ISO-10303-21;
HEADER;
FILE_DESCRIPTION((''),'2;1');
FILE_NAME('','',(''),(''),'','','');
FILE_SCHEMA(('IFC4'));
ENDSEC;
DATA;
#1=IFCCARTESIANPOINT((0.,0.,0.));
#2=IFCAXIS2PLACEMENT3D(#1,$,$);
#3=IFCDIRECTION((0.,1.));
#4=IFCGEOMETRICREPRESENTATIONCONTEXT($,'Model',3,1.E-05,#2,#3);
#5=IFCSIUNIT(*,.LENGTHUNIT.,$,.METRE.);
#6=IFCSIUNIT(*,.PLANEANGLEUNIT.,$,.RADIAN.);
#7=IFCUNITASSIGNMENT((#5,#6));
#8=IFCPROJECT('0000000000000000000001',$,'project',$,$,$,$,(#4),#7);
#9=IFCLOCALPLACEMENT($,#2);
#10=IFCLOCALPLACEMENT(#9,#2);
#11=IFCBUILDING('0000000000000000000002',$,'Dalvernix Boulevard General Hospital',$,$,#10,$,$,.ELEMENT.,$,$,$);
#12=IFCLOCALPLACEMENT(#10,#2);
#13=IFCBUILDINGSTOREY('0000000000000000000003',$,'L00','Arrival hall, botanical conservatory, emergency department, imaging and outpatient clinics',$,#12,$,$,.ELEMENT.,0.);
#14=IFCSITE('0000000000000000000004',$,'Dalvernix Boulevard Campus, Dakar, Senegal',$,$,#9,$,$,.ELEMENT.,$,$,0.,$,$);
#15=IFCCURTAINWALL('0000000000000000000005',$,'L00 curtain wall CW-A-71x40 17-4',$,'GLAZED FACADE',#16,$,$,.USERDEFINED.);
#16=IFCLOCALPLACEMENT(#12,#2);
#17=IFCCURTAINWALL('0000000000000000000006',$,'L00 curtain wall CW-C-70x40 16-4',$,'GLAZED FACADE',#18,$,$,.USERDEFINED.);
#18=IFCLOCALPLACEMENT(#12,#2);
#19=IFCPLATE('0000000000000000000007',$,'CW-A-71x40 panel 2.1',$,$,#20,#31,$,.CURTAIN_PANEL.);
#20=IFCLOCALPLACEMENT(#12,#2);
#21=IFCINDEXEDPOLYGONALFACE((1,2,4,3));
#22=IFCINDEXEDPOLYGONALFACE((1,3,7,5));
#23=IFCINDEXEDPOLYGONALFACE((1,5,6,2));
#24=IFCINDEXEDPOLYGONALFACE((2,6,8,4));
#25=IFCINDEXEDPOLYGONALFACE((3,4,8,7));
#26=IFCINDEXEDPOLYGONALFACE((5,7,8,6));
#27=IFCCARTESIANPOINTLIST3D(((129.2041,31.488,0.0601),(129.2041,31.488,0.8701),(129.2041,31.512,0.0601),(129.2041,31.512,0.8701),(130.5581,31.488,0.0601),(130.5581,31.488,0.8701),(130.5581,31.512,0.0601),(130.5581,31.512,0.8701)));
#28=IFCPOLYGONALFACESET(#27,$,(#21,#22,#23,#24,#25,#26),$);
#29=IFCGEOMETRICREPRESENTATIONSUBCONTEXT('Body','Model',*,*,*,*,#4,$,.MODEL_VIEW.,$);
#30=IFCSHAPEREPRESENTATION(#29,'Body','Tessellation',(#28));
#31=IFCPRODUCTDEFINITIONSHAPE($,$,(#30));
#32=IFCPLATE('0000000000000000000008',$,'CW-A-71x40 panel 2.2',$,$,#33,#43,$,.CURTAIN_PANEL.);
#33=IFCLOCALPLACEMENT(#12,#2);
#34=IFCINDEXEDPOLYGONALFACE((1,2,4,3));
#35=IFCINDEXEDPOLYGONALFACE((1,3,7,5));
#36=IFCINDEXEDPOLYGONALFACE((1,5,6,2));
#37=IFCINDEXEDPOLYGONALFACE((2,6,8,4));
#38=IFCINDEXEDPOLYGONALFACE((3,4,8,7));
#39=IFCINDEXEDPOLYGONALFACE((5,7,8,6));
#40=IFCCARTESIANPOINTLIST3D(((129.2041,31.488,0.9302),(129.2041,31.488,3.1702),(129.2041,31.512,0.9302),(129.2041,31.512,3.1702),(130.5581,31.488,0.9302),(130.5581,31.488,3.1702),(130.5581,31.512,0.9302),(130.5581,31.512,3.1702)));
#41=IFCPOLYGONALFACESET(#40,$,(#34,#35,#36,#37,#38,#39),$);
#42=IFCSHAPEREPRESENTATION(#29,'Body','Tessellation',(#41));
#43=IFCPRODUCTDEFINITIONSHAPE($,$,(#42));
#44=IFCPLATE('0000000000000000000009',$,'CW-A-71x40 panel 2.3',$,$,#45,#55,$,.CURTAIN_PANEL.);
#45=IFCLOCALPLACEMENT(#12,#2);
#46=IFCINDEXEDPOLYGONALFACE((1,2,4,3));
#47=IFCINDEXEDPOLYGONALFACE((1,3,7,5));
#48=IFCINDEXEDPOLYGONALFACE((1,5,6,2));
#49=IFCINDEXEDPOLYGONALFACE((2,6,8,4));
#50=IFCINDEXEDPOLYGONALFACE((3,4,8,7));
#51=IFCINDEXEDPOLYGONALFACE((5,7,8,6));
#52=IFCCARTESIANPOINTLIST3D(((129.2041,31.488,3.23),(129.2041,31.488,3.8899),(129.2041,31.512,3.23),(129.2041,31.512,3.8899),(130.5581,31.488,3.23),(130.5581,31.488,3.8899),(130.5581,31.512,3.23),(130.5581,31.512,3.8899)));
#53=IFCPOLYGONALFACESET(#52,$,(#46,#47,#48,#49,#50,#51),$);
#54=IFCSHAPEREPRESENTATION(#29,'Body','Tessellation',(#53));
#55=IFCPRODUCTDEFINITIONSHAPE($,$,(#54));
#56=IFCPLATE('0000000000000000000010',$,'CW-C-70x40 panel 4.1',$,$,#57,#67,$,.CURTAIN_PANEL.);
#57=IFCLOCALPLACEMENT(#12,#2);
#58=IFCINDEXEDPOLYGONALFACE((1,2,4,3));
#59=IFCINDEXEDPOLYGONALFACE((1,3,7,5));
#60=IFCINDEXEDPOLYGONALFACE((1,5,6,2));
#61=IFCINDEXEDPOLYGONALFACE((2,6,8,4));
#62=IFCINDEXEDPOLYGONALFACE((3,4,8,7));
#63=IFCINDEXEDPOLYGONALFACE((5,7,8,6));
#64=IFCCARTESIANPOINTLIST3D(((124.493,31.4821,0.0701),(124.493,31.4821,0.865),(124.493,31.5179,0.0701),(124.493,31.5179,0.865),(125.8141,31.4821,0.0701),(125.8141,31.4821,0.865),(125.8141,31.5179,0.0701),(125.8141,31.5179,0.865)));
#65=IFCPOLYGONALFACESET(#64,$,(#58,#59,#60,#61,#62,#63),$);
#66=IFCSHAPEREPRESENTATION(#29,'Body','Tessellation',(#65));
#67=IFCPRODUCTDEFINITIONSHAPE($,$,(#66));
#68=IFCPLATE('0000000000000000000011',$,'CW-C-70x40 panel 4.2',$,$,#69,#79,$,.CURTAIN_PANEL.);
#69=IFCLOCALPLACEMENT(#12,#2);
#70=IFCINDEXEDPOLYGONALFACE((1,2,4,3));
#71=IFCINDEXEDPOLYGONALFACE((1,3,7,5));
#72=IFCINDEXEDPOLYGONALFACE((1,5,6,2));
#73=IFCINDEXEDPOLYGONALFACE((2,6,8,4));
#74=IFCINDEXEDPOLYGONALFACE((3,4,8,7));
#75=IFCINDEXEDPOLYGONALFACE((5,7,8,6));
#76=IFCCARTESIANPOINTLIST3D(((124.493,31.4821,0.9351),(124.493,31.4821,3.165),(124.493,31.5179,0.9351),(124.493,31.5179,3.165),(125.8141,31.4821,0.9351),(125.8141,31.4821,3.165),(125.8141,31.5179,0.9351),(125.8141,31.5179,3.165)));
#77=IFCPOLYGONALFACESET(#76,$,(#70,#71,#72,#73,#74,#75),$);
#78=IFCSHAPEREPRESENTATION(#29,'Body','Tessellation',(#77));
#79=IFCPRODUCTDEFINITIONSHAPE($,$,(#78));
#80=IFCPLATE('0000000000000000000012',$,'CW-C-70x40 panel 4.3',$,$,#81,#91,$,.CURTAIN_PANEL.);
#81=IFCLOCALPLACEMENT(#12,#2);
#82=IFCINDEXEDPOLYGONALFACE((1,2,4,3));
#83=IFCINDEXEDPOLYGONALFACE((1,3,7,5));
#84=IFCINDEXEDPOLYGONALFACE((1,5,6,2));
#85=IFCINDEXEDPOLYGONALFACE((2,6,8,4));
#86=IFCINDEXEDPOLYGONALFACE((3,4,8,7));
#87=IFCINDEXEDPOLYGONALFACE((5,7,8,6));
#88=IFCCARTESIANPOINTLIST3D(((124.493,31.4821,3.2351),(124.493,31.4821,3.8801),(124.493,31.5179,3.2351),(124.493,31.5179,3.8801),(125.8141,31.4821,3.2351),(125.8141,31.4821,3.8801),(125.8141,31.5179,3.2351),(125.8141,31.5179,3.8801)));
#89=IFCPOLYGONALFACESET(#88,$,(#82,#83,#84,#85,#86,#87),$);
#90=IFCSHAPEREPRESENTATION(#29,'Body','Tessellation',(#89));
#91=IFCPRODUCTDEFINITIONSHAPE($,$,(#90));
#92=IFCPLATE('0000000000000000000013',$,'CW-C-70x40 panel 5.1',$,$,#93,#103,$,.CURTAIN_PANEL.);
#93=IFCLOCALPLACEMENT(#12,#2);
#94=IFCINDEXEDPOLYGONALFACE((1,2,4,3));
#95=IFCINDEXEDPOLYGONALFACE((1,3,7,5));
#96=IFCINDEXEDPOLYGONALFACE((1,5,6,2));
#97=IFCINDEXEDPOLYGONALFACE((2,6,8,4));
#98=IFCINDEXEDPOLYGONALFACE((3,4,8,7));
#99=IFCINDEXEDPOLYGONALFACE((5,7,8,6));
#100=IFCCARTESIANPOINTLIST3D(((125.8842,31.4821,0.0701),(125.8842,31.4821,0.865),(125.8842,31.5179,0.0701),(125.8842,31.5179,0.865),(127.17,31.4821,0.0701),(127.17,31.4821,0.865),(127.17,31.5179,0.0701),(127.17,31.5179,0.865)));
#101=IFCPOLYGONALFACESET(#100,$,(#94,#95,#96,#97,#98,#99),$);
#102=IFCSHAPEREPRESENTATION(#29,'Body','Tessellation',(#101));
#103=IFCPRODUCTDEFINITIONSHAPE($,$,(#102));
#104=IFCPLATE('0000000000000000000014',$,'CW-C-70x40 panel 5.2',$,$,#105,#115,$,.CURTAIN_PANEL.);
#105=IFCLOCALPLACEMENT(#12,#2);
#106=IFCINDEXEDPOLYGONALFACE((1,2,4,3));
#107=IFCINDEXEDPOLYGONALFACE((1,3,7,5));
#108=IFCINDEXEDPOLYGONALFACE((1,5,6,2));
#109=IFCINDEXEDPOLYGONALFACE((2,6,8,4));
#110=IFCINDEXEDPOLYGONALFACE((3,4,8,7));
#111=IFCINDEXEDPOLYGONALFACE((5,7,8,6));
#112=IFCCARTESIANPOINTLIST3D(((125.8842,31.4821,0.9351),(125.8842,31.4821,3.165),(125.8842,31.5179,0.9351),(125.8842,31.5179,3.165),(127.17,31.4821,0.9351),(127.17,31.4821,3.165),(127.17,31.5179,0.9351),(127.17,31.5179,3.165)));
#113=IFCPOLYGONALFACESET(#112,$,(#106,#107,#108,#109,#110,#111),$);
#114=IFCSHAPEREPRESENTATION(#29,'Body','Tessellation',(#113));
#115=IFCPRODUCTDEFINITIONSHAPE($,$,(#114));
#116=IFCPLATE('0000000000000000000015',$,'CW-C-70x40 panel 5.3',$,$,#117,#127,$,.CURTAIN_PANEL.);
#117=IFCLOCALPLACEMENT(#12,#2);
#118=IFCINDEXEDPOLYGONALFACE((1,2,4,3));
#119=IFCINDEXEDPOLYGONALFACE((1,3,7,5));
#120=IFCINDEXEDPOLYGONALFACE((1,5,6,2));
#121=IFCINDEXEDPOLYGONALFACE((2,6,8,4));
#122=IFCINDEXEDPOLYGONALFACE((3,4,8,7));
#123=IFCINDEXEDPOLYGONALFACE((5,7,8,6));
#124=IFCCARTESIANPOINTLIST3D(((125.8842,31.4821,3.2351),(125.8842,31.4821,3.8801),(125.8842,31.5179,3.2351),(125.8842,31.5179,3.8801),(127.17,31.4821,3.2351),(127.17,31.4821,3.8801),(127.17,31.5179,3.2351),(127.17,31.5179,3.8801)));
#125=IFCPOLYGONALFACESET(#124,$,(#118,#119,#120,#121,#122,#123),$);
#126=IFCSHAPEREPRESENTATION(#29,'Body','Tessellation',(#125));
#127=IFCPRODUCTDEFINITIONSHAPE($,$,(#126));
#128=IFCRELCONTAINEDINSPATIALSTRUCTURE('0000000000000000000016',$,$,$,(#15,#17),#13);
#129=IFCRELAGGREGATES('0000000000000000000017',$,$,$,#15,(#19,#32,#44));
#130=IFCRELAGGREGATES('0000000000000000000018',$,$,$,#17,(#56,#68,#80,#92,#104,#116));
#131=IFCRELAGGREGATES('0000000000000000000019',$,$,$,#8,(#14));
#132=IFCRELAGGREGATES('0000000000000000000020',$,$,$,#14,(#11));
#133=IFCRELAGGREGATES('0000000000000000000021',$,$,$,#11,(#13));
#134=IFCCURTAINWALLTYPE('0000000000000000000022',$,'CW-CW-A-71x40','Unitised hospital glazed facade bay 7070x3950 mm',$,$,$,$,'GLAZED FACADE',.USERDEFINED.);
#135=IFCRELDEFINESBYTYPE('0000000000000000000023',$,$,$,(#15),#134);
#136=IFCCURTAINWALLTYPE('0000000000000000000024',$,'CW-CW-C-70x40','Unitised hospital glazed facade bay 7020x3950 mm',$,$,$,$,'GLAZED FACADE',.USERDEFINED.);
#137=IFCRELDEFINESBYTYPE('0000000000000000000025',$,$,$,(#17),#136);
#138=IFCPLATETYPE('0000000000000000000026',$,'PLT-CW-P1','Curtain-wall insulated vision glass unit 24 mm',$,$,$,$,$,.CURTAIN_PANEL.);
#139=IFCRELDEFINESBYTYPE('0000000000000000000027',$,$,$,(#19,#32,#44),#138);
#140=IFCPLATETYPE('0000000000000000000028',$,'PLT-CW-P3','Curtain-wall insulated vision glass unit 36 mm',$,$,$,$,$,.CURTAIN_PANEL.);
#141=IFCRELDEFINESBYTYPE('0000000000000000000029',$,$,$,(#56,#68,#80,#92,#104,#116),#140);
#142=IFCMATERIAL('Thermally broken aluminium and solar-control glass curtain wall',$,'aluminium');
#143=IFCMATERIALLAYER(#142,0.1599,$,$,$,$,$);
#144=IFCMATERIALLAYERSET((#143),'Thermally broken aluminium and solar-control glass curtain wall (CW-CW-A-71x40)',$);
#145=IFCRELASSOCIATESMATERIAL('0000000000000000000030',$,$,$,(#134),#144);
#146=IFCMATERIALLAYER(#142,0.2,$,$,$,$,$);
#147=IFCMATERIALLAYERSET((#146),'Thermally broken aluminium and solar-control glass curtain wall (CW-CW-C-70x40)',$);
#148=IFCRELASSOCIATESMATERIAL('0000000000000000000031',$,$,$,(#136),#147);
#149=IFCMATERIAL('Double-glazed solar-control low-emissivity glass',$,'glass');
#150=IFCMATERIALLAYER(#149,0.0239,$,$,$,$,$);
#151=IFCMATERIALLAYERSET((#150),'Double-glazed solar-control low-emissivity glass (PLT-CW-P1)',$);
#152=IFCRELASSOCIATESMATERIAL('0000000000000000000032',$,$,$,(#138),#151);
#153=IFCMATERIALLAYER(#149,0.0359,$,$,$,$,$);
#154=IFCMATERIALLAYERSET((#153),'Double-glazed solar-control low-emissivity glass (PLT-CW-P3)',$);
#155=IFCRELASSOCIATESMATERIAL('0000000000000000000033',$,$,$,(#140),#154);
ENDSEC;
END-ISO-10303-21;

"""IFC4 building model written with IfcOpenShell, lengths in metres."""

from ifc_helpers import new_model, si_unit, direction, frame, origin, origin_2d, place, context, subcontext, project, spatial, rectangle, extrude, material, layer, layer_set, type_object, element, aggregate, save


model = new_model("IFC4")

# Units and contexts
model_context = context("Model", 3, precision=1e-05, world=origin(), true_north=direction((0.0, 1.0)))
body_context = subcontext(model_context, "Body", "Model", "MODEL_VIEW")
ifc_project = project(units=[si_unit("LENGTHUNIT", "METRE"), si_unit("PLANEANGLEUNIT", "RADIAN")], contexts=[model_context])

# Site, building, storey
site_placement = place(None, origin())
site = spatial("IfcSite", under=ifc_project, at=site_placement, Name="Dalvernix Boulevard Campus, Dakar, Senegal", CompositionType="ELEMENT", RefElevation=0.0)
building_placement = place(site_placement, origin())
building = spatial("IfcBuilding", under=site, at=building_placement, Name="Dalvernix Boulevard General Hospital", CompositionType="ELEMENT")
storey_placement = place(building_placement, origin())
storey = spatial("IfcBuildingStorey", under=building, at=storey_placement, Name="L00", Description="Arrival hall, botanical conservatory, emergency department, imaging and outpatient clinics", CompositionType="ELEMENT", Elevation=0.0)

# Curtain walls
ifc_material_1 = material(Name="Thermally broken aluminium and solar-control glass curtain wall", Category="aluminium")
ifc_layer_1 = layer(ifc_material_1, 0.1599)
ifc_layer_set_1 = layer_set([ifc_layer_1], Name="Thermally broken aluminium and solar-control glass curtain wall (CW-CW-A-71x40)")
curtain_wall_type_1 = type_object("IfcCurtainWallType", Name="CW-CW-A-71x40", Description="Unitised hospital glazed facade bay 7070x3950 mm", ElementType="GLAZED FACADE", PredefinedType="USERDEFINED", material=ifc_layer_set_1)
curtain_wall_1_placement = place(storey_placement, origin())
curtain_wall_1 = element("IfcCurtainWall", 1, at=curtain_wall_1_placement, inside=storey, type_object=curtain_wall_type_1, Name="L00 curtain wall CW-A-71x40 17-4", ObjectType="GLAZED FACADE", PredefinedType="USERDEFINED")
ifc_layer_2 = layer(ifc_material_1, 0.2)
ifc_layer_set_2 = layer_set([ifc_layer_2], Name="Thermally broken aluminium and solar-control glass curtain wall (CW-CW-C-70x40)")
curtain_wall_type_2 = type_object("IfcCurtainWallType", Name="CW-CW-C-70x40", Description="Unitised hospital glazed facade bay 7020x3950 mm", ElementType="GLAZED FACADE", PredefinedType="USERDEFINED", material=ifc_layer_set_2)
curtain_wall_2_placement = place(storey_placement, origin())
curtain_wall_2 = element("IfcCurtainWall", 2, at=curtain_wall_2_placement, inside=storey, type_object=curtain_wall_type_2, Name="L00 curtain wall CW-C-70x40 16-4", ObjectType="GLAZED FACADE", PredefinedType="USERDEFINED")

# Plates
ifc_material_2 = material(Name="Double-glazed solar-control low-emissivity glass", Category="glass")
ifc_layer_3 = layer(ifc_material_2, 0.0239)
ifc_layer_set_3 = layer_set([ifc_layer_3], Name="Double-glazed solar-control low-emissivity glass (PLT-CW-P1)")
plate_type_1 = type_object("IfcPlateType", Name="PLT-CW-P1", Description="Curtain-wall insulated vision glass unit 24 mm", PredefinedType="CURTAIN_PANEL", material=ifc_layer_set_3)
plate_1_placement = place(storey_placement, frame((129.8811, 31.5, 0.0601), z_axis=(0.0, 0.0, 1.0), x_axis=(1.0, 0.0, 0.0)))
plate_1 = element("IfcPlate", 3, at=plate_1_placement, type_object=plate_type_1, Name="CW-A-71x40 panel 2.1", PredefinedType="CURTAIN_PANEL", context=body_context, shape_type="SweptSolid", body=[
    extrude(rectangle(XDim=1.354, YDim=0.0239, at=origin_2d()), origin(), (0.0, 0.0, 1.0), 0.8101),
])
plate_2_placement = place(storey_placement, frame((129.8811, 31.5, 0.9302), z_axis=(0.0, 0.0, 1.0), x_axis=(1.0, 0.0, 0.0)))
plate_2 = element("IfcPlate", 4, at=plate_2_placement, type_object=plate_type_1, Name="CW-A-71x40 panel 2.2", PredefinedType="CURTAIN_PANEL", context=body_context, shape_type="SweptSolid", body=[
    extrude(rectangle(XDim=1.354, YDim=0.0239, at=origin_2d()), origin(), (0.0, 0.0, 1.0), 2.24),
])
plate_3_placement = place(storey_placement, frame((129.8811, 31.5, 3.23), z_axis=(0.0, 0.0, 1.0), x_axis=(1.0, 0.0, 0.0)))
plate_3 = element("IfcPlate", 5, at=plate_3_placement, type_object=plate_type_1, Name="CW-A-71x40 panel 2.3", PredefinedType="CURTAIN_PANEL", context=body_context, shape_type="SweptSolid", body=[
    extrude(rectangle(XDim=1.354, YDim=0.0239, at=origin_2d()), origin(), (0.0, 0.0, 1.0), 0.6599),
])
aggregate(curtain_wall_1, [plate_1, plate_2, plate_3])
ifc_layer_4 = layer(ifc_material_2, 0.0359)
ifc_layer_set_4 = layer_set([ifc_layer_4], Name="Double-glazed solar-control low-emissivity glass (PLT-CW-P3)")
plate_type_2 = type_object("IfcPlateType", Name="PLT-CW-P3", Description="Curtain-wall insulated vision glass unit 36 mm", PredefinedType="CURTAIN_PANEL", material=ifc_layer_set_4)
plate_4_placement = place(storey_placement, frame((125.1536, 31.5, 0.0701), z_axis=(0.0, 0.0, 1.0), x_axis=(1.0, 0.0, 0.0)))
plate_4 = element("IfcPlate", 6, at=plate_4_placement, type_object=plate_type_2, Name="CW-C-70x40 panel 4.1", PredefinedType="CURTAIN_PANEL", context=body_context, shape_type="SweptSolid", body=[
    extrude(rectangle(XDim=1.321, YDim=0.0359, at=origin_2d()), origin(), (0.0, 0.0, 1.0), 0.7949),
])
plate_5_placement = place(storey_placement, frame((125.1536, 31.5, 0.9351), z_axis=(0.0, 0.0, 1.0), x_axis=(1.0, 0.0, 0.0)))
plate_5 = element("IfcPlate", 7, at=plate_5_placement, type_object=plate_type_2, Name="CW-C-70x40 panel 4.2", PredefinedType="CURTAIN_PANEL", context=body_context, shape_type="SweptSolid", body=[
    extrude(rectangle(XDim=1.321, YDim=0.0359, at=origin_2d()), origin(), (0.0, 0.0, 1.0), 2.23),
])
plate_6_placement = place(storey_placement, frame((125.1536, 31.5, 3.2351), z_axis=(0.0, 0.0, 1.0), x_axis=(1.0, 0.0, 0.0)))
plate_6 = element("IfcPlate", 8, at=plate_6_placement, type_object=plate_type_2, Name="CW-C-70x40 panel 4.3", PredefinedType="CURTAIN_PANEL", context=body_context, shape_type="SweptSolid", body=[
    extrude(rectangle(XDim=1.321, YDim=0.0359, at=origin_2d()), origin(), (0.0, 0.0, 1.0), 0.645),
])
plate_7_placement = place(storey_placement, frame((126.5271, 31.5, 0.0701), z_axis=(0.0, 0.0, 1.0), x_axis=(1.0, 0.0, 0.0)))
plate_7 = element("IfcPlate", 9, at=plate_7_placement, type_object=plate_type_2, Name="CW-C-70x40 panel 5.1", PredefinedType="CURTAIN_PANEL", context=body_context, shape_type="SweptSolid", body=[
    extrude(rectangle(XDim=1.2859, YDim=0.0359, at=origin_2d()), origin(), (0.0, 0.0, 1.0), 0.7949),
])
plate_8_placement = place(storey_placement, frame((126.5271, 31.5, 0.9351), z_axis=(0.0, 0.0, 1.0), x_axis=(1.0, 0.0, 0.0)))
plate_8 = element("IfcPlate", 10, at=plate_8_placement, type_object=plate_type_2, Name="CW-C-70x40 panel 5.2", PredefinedType="CURTAIN_PANEL", context=body_context, shape_type="SweptSolid", body=[
    extrude(rectangle(XDim=1.2859, YDim=0.0359, at=origin_2d()), origin(), (0.0, 0.0, 1.0), 2.23),
])
plate_9_placement = place(storey_placement, frame((126.5271, 31.5, 3.2351), z_axis=(0.0, 0.0, 1.0), x_axis=(1.0, 0.0, 0.0)))
plate_9 = element("IfcPlate", 11, at=plate_9_placement, type_object=plate_type_2, Name="CW-C-70x40 panel 5.3", PredefinedType="CURTAIN_PANEL", context=body_context, shape_type="SweptSolid", body=[
    extrude(rectangle(XDim=1.2859, YDim=0.0359, at=origin_2d()), origin(), (0.0, 0.0, 1.0), 0.645),
])
aggregate(curtain_wall_2, [plate_4, plate_5, plate_6, plate_7, plate_8, plate_9])

save(model, "model.ifc")
